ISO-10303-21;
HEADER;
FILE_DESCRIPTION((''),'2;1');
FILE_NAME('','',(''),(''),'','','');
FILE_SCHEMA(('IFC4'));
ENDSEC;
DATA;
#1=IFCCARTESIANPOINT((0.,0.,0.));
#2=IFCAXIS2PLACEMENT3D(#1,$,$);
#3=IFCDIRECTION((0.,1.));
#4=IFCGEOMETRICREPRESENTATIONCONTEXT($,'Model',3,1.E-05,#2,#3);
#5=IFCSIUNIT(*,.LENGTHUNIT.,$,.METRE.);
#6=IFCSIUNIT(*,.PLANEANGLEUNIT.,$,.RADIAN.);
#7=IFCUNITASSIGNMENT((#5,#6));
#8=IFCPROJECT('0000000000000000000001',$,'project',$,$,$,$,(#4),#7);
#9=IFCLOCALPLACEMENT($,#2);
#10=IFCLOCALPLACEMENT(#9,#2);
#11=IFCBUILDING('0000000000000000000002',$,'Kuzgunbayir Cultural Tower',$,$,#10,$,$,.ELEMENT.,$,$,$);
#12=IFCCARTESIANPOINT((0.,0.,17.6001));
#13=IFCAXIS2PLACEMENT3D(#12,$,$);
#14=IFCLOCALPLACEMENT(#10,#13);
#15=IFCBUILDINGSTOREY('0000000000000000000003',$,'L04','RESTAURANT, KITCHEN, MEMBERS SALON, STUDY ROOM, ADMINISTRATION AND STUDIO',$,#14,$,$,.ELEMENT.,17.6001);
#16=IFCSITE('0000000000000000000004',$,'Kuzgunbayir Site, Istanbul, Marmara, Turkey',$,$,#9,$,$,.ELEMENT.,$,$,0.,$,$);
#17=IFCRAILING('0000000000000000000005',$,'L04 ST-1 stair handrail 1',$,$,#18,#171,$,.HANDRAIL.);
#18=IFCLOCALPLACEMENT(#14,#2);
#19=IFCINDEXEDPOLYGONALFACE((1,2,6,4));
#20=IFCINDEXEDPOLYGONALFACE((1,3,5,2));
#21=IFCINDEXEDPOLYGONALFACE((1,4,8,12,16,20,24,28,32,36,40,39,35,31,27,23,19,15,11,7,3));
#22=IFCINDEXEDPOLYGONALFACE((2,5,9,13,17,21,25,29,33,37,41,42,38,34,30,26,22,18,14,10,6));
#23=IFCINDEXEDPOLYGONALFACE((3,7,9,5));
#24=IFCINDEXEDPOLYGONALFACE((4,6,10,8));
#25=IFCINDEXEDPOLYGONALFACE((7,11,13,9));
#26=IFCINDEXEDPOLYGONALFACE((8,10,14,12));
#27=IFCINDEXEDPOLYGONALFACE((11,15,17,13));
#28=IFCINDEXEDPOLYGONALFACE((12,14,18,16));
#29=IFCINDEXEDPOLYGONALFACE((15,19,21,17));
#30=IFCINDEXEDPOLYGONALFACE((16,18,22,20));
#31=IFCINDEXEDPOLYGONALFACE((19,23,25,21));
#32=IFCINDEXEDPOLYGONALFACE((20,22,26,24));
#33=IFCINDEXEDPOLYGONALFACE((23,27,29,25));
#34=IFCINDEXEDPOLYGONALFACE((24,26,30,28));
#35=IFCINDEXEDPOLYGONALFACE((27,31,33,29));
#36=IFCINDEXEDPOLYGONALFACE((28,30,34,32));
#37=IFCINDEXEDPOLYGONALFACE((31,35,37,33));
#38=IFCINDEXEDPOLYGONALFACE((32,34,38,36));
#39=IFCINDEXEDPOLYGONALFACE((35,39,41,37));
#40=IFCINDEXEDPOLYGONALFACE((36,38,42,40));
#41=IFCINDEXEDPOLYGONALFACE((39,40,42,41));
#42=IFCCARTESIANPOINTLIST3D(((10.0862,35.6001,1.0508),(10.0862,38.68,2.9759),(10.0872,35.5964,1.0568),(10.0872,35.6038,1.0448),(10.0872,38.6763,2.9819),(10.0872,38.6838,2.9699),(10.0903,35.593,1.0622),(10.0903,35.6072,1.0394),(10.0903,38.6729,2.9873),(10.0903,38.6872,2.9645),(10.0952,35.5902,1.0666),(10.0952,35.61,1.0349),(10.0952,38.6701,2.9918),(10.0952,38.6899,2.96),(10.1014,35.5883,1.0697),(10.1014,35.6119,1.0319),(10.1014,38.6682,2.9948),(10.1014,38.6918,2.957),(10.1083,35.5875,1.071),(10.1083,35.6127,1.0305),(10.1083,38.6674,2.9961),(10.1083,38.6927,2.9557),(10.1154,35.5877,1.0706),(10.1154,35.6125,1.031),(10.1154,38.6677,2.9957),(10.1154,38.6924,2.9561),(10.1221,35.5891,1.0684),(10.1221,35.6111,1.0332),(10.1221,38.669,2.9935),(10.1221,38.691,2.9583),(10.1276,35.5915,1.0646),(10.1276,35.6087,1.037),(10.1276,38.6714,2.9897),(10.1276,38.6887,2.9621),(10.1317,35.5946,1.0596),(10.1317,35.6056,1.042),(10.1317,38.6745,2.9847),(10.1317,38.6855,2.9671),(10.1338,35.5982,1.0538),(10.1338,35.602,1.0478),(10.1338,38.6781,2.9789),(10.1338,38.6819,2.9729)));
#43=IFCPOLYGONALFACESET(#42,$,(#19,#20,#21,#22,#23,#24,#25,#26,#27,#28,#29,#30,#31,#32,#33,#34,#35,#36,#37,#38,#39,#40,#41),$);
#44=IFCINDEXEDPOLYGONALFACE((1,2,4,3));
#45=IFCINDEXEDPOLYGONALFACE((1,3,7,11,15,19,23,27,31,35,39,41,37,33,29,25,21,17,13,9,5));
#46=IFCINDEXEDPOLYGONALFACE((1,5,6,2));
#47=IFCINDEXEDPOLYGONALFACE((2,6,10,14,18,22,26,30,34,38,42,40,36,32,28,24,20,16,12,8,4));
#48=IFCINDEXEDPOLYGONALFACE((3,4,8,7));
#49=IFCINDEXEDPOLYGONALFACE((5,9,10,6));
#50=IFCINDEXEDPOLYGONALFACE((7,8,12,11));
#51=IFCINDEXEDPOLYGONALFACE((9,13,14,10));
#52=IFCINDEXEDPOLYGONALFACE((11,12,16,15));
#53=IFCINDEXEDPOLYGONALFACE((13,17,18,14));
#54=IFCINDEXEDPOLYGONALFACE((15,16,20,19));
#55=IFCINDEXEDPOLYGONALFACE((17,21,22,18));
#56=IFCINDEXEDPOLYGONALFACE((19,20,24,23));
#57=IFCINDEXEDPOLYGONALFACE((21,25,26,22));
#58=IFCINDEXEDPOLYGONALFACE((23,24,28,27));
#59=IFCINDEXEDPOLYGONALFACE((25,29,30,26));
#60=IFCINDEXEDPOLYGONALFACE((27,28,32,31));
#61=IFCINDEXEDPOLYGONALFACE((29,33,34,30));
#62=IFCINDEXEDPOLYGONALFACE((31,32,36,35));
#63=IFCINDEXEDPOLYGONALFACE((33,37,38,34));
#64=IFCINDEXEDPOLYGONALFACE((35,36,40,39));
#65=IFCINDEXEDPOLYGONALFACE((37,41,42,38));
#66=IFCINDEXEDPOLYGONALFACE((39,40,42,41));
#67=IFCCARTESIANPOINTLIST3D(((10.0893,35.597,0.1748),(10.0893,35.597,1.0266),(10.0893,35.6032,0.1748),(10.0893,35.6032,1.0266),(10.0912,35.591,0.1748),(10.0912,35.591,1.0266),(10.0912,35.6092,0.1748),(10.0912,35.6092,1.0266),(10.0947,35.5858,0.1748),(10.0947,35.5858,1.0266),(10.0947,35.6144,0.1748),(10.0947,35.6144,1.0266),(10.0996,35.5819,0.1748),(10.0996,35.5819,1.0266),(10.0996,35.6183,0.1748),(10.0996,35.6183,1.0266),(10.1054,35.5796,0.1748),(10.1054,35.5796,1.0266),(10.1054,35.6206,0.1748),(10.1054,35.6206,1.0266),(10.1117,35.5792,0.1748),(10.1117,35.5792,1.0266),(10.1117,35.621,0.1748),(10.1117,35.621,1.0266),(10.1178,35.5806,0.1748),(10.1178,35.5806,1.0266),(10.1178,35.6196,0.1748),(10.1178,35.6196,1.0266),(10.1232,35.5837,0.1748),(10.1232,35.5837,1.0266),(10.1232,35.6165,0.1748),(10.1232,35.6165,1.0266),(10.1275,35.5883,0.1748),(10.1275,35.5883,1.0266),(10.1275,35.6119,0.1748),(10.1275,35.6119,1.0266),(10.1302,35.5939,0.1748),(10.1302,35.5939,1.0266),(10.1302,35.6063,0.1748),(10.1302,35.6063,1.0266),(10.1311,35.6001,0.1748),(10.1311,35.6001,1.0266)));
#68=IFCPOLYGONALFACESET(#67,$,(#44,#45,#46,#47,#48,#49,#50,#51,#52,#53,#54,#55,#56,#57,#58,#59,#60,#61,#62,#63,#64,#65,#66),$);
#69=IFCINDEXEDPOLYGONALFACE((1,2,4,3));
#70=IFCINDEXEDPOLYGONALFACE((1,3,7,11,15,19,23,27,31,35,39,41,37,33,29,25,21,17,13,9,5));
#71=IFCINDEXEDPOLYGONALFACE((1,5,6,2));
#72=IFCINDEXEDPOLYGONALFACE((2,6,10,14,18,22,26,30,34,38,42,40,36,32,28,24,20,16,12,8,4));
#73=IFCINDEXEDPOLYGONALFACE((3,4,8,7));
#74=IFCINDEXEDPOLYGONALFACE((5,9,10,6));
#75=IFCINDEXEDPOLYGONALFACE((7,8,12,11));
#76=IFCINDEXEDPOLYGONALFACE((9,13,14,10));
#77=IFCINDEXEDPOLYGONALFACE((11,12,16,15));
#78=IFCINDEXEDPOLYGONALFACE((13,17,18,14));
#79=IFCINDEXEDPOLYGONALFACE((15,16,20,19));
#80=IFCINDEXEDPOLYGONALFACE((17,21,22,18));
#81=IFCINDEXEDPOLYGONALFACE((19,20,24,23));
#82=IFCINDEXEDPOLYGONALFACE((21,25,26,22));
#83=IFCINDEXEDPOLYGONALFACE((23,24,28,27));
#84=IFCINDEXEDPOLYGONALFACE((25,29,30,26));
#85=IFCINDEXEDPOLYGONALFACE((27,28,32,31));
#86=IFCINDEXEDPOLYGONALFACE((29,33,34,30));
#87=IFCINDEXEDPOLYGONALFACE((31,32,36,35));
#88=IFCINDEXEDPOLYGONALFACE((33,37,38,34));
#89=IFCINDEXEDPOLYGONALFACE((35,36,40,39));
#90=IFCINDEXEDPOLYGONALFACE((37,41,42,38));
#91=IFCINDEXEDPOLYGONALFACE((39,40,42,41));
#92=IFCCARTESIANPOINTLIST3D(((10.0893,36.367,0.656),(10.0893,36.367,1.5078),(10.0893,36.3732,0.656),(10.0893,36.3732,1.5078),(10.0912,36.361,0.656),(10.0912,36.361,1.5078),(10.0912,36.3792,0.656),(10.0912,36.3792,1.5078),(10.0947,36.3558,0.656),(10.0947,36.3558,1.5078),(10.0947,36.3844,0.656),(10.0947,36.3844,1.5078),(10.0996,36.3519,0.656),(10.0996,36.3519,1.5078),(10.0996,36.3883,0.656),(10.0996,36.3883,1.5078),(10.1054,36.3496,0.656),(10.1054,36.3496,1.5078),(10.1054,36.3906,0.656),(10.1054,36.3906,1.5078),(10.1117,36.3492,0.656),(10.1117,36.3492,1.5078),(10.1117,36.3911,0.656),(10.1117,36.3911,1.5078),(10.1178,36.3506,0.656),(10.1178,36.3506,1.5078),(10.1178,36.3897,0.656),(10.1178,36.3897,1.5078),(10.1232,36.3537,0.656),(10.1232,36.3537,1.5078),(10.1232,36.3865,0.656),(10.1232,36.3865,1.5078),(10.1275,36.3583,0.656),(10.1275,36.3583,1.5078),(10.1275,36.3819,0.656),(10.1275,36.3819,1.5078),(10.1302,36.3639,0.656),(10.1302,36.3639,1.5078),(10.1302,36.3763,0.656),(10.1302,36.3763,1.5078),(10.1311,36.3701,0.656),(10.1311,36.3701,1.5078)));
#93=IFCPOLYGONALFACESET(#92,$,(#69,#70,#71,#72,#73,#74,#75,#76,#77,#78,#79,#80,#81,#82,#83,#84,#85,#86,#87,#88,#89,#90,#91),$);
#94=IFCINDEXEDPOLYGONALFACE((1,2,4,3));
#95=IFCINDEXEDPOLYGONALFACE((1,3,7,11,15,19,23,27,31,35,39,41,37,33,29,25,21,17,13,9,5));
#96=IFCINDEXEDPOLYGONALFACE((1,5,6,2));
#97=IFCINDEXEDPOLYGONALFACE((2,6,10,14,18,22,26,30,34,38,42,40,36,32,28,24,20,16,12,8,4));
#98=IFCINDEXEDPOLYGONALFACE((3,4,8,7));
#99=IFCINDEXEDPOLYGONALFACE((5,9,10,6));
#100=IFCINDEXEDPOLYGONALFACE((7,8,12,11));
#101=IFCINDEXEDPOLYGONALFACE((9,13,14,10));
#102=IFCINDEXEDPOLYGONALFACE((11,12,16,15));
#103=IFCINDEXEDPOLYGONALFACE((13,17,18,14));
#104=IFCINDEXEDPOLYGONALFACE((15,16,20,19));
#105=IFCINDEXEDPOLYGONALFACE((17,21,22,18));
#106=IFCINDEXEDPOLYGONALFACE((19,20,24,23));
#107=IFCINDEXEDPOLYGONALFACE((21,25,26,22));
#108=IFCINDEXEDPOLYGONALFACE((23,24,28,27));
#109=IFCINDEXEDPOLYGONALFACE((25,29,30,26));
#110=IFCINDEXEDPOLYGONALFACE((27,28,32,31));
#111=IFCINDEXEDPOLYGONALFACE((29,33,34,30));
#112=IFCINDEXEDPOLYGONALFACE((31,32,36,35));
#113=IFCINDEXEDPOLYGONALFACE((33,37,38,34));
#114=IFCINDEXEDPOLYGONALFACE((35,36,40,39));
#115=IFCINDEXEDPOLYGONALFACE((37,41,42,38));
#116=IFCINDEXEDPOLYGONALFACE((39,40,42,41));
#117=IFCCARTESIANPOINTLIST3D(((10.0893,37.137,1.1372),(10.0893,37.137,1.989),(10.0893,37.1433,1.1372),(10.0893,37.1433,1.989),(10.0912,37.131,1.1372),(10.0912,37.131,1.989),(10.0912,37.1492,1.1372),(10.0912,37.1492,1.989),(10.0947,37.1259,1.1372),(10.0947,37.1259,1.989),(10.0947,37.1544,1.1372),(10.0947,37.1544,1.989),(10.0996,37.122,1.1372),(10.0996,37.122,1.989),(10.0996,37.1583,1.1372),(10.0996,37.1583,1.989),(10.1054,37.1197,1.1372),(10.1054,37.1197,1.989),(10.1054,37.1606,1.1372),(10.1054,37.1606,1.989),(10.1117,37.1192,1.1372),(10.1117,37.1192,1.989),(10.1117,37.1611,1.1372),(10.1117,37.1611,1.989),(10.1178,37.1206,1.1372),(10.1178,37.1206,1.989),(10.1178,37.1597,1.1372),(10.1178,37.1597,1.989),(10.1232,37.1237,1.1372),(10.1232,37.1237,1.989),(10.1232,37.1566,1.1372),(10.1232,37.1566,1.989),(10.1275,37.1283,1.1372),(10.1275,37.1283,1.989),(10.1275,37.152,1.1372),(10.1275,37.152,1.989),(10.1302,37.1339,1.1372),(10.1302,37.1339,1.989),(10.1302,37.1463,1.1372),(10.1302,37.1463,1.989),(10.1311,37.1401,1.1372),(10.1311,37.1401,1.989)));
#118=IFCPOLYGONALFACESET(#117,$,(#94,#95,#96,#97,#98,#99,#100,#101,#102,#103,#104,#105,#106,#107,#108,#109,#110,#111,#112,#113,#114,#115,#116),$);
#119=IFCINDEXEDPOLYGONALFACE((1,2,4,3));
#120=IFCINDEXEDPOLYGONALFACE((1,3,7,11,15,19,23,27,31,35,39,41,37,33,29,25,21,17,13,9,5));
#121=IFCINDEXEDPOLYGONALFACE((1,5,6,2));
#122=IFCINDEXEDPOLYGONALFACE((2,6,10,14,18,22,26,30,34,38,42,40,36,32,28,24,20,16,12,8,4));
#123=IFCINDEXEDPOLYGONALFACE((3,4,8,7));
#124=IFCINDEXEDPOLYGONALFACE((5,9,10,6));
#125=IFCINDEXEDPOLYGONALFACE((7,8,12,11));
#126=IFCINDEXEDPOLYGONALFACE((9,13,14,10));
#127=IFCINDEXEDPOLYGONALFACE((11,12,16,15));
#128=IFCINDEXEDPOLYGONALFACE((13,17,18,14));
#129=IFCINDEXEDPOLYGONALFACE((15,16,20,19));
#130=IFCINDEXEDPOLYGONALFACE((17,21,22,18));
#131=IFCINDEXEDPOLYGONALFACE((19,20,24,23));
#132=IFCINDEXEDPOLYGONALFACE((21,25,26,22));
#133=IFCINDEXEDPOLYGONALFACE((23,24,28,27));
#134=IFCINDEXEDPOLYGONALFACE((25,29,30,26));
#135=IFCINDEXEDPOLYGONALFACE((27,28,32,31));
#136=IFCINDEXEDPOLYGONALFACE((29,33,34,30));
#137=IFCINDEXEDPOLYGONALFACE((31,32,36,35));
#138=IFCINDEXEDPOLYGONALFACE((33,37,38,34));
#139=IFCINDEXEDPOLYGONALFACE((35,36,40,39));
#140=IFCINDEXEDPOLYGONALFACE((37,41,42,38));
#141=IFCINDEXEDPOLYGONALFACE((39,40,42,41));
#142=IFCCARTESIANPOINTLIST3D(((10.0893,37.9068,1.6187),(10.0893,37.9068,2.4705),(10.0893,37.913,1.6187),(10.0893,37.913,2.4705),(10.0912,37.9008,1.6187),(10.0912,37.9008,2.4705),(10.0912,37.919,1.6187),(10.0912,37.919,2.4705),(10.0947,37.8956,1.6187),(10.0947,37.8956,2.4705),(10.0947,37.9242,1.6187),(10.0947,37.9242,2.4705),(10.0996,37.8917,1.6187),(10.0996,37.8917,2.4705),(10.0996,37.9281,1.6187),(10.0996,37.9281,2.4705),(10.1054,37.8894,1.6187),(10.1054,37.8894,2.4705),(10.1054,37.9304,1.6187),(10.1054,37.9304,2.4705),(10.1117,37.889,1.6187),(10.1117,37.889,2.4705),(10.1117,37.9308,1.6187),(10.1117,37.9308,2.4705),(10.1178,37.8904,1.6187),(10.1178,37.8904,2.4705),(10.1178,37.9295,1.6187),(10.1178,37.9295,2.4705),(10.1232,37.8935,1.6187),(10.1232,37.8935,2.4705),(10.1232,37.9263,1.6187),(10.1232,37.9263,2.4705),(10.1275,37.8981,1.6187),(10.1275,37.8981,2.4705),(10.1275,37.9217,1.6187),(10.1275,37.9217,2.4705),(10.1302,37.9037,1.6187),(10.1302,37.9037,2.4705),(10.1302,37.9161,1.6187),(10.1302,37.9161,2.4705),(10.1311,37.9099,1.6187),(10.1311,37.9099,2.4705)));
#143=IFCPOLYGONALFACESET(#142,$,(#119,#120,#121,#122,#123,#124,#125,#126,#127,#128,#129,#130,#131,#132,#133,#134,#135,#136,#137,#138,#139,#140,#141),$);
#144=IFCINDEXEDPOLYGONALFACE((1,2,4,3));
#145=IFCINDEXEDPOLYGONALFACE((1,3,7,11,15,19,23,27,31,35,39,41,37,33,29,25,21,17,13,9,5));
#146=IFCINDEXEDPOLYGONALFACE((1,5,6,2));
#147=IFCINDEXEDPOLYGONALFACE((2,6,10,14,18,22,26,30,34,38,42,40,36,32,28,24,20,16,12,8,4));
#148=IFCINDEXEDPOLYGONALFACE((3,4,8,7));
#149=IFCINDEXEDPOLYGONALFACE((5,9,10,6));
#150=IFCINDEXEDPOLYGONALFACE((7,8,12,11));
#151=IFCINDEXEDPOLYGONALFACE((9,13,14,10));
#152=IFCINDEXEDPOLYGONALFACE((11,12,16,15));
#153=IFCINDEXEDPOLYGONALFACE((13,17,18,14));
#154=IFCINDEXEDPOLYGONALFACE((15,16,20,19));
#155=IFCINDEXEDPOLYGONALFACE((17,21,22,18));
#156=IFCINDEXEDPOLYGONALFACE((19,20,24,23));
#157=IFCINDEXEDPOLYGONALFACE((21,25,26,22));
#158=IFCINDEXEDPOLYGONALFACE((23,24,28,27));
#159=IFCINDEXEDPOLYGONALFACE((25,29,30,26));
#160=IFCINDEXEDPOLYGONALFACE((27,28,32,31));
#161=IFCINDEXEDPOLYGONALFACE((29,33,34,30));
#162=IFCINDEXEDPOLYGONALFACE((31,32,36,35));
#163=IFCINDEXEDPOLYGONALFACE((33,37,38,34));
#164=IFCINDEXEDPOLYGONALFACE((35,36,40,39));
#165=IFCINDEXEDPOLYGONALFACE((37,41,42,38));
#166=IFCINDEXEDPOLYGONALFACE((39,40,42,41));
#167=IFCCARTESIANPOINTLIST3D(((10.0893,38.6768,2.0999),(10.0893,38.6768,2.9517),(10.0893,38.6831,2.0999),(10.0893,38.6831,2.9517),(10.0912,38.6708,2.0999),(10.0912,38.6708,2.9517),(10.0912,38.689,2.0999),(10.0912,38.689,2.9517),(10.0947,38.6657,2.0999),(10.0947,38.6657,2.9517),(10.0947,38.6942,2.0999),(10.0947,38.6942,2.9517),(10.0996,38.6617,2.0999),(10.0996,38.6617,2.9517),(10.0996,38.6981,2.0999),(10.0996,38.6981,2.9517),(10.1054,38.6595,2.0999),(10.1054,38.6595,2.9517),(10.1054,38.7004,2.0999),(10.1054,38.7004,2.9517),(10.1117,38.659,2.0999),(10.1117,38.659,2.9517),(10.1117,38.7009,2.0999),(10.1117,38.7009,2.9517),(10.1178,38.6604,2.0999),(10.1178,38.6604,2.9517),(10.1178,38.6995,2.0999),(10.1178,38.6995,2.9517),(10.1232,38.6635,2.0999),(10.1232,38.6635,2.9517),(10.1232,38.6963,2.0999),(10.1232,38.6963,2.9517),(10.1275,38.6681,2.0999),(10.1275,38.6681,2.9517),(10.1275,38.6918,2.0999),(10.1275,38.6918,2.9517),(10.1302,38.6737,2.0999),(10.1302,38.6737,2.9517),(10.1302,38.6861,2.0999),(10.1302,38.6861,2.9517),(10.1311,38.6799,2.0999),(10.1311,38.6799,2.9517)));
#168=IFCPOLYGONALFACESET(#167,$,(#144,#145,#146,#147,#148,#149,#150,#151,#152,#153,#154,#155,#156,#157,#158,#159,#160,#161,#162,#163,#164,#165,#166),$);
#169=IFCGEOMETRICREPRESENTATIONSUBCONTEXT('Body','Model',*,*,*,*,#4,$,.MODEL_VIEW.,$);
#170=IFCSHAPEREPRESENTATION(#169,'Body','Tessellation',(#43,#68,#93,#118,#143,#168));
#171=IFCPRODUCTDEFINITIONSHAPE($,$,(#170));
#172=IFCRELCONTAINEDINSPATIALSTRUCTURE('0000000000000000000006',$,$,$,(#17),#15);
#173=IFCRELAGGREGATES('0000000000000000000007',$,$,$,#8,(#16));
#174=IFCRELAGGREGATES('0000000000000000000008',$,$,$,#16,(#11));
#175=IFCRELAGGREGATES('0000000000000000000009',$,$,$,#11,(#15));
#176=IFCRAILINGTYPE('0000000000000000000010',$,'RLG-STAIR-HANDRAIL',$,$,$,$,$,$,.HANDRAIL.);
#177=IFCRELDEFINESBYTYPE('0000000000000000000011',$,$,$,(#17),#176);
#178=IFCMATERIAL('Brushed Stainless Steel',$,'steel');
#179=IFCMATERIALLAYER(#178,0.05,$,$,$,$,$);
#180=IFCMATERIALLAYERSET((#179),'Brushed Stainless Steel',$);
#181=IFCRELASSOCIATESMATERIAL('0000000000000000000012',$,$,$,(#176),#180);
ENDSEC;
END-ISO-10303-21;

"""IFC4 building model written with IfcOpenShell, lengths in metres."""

from ifc_helpers import new_model, si_unit, direction, frame, origin, origin_2d, place, context, subcontext, project, spatial, circle, extrude, material, layer, layer_set, type_object, element, save


model = new_model("IFC4")

# Units and contexts
model_context = context("Model", 3, precision=1e-05, world=origin(), true_north=direction((0.0, 1.0)))
body_context = subcontext(model_context, "Body", "Model", "MODEL_VIEW")
ifc_project = project(units=[si_unit("LENGTHUNIT", "METRE"), si_unit("PLANEANGLEUNIT", "RADIAN")], contexts=[model_context])

# Site, building, storey
site_placement = place(None, origin())
site = spatial("IfcSite", under=ifc_project, at=site_placement, Name="Kuzgunbayir Site, Istanbul, Marmara, Turkey", CompositionType="ELEMENT", RefElevation=0.0)
building_placement = place(site_placement, origin())
building = spatial("IfcBuilding", under=site, at=building_placement, Name="Kuzgunbayir Cultural Tower", CompositionType="ELEMENT")
storey_placement = place(building_placement, frame((0.0, 0.0, 17.6001)))
storey = spatial("IfcBuildingStorey", under=building, at=storey_placement, Name="L04", Description="RESTAURANT, KITCHEN, MEMBERS SALON, STUDY ROOM, ADMINISTRATION AND STUDIO", CompositionType="ELEMENT", Elevation=17.6001)

# Shared definitions
ifc_material_1 = material(Name="Brushed Stainless Steel", Category="steel")

# Railing
ifc_layer_1 = layer(ifc_material_1, 0.05)
ifc_layer_set_1 = layer_set([ifc_layer_1], Name="Brushed Stainless Steel")
railing_type_1 = type_object("IfcRailingType", Name="RLG-STAIR-HANDRAIL", PredefinedType="HANDRAIL", material=ifc_layer_set_1)
railing_1_placement = place(storey_placement, frame((10.1101, 35.6001, 0.1748)))
element("IfcRailing", 1, at=railing_1_placement, inside=storey, type_object=railing_type_1, Name="L04 ST-1 stair handrail 1", PredefinedType="HANDRAIL", context=body_context, shape_type="SweptSolid", body=[
    extrude(circle(Radius=0.0239, at=origin_2d()), frame((0.0, 0.0, 0.876), z_axis=(0.0, 0.847979, 0.530029), x_axis=(-1.0, 0.0, 0.0)), (0.0, 0.0, 1.0), 3.6321),
    extrude(circle(Radius=0.021, at=origin_2d()), origin(), (0.0, 0.0, 1.0), 0.8518),
    extrude(circle(Radius=0.021, at=origin_2d()), frame((0.0, 0.77, 0.4812)), (0.0, 0.0, 1.0), 0.8518),
    extrude(circle(Radius=0.021, at=origin_2d()), frame((0.0, 1.54, 0.9624)), (0.0, 0.0, 1.0), 0.8518),
    extrude(circle(Radius=0.021, at=origin_2d()), frame((0.0, 2.3098, 1.4438)), (0.0, 0.0, 1.0), 0.8518),
    extrude(circle(Radius=0.021, at=origin_2d()), frame((0.0, 3.0798, 1.925)), (0.0, 0.0, 1.0), 0.8518),
])

save(model, "model.ifc")
